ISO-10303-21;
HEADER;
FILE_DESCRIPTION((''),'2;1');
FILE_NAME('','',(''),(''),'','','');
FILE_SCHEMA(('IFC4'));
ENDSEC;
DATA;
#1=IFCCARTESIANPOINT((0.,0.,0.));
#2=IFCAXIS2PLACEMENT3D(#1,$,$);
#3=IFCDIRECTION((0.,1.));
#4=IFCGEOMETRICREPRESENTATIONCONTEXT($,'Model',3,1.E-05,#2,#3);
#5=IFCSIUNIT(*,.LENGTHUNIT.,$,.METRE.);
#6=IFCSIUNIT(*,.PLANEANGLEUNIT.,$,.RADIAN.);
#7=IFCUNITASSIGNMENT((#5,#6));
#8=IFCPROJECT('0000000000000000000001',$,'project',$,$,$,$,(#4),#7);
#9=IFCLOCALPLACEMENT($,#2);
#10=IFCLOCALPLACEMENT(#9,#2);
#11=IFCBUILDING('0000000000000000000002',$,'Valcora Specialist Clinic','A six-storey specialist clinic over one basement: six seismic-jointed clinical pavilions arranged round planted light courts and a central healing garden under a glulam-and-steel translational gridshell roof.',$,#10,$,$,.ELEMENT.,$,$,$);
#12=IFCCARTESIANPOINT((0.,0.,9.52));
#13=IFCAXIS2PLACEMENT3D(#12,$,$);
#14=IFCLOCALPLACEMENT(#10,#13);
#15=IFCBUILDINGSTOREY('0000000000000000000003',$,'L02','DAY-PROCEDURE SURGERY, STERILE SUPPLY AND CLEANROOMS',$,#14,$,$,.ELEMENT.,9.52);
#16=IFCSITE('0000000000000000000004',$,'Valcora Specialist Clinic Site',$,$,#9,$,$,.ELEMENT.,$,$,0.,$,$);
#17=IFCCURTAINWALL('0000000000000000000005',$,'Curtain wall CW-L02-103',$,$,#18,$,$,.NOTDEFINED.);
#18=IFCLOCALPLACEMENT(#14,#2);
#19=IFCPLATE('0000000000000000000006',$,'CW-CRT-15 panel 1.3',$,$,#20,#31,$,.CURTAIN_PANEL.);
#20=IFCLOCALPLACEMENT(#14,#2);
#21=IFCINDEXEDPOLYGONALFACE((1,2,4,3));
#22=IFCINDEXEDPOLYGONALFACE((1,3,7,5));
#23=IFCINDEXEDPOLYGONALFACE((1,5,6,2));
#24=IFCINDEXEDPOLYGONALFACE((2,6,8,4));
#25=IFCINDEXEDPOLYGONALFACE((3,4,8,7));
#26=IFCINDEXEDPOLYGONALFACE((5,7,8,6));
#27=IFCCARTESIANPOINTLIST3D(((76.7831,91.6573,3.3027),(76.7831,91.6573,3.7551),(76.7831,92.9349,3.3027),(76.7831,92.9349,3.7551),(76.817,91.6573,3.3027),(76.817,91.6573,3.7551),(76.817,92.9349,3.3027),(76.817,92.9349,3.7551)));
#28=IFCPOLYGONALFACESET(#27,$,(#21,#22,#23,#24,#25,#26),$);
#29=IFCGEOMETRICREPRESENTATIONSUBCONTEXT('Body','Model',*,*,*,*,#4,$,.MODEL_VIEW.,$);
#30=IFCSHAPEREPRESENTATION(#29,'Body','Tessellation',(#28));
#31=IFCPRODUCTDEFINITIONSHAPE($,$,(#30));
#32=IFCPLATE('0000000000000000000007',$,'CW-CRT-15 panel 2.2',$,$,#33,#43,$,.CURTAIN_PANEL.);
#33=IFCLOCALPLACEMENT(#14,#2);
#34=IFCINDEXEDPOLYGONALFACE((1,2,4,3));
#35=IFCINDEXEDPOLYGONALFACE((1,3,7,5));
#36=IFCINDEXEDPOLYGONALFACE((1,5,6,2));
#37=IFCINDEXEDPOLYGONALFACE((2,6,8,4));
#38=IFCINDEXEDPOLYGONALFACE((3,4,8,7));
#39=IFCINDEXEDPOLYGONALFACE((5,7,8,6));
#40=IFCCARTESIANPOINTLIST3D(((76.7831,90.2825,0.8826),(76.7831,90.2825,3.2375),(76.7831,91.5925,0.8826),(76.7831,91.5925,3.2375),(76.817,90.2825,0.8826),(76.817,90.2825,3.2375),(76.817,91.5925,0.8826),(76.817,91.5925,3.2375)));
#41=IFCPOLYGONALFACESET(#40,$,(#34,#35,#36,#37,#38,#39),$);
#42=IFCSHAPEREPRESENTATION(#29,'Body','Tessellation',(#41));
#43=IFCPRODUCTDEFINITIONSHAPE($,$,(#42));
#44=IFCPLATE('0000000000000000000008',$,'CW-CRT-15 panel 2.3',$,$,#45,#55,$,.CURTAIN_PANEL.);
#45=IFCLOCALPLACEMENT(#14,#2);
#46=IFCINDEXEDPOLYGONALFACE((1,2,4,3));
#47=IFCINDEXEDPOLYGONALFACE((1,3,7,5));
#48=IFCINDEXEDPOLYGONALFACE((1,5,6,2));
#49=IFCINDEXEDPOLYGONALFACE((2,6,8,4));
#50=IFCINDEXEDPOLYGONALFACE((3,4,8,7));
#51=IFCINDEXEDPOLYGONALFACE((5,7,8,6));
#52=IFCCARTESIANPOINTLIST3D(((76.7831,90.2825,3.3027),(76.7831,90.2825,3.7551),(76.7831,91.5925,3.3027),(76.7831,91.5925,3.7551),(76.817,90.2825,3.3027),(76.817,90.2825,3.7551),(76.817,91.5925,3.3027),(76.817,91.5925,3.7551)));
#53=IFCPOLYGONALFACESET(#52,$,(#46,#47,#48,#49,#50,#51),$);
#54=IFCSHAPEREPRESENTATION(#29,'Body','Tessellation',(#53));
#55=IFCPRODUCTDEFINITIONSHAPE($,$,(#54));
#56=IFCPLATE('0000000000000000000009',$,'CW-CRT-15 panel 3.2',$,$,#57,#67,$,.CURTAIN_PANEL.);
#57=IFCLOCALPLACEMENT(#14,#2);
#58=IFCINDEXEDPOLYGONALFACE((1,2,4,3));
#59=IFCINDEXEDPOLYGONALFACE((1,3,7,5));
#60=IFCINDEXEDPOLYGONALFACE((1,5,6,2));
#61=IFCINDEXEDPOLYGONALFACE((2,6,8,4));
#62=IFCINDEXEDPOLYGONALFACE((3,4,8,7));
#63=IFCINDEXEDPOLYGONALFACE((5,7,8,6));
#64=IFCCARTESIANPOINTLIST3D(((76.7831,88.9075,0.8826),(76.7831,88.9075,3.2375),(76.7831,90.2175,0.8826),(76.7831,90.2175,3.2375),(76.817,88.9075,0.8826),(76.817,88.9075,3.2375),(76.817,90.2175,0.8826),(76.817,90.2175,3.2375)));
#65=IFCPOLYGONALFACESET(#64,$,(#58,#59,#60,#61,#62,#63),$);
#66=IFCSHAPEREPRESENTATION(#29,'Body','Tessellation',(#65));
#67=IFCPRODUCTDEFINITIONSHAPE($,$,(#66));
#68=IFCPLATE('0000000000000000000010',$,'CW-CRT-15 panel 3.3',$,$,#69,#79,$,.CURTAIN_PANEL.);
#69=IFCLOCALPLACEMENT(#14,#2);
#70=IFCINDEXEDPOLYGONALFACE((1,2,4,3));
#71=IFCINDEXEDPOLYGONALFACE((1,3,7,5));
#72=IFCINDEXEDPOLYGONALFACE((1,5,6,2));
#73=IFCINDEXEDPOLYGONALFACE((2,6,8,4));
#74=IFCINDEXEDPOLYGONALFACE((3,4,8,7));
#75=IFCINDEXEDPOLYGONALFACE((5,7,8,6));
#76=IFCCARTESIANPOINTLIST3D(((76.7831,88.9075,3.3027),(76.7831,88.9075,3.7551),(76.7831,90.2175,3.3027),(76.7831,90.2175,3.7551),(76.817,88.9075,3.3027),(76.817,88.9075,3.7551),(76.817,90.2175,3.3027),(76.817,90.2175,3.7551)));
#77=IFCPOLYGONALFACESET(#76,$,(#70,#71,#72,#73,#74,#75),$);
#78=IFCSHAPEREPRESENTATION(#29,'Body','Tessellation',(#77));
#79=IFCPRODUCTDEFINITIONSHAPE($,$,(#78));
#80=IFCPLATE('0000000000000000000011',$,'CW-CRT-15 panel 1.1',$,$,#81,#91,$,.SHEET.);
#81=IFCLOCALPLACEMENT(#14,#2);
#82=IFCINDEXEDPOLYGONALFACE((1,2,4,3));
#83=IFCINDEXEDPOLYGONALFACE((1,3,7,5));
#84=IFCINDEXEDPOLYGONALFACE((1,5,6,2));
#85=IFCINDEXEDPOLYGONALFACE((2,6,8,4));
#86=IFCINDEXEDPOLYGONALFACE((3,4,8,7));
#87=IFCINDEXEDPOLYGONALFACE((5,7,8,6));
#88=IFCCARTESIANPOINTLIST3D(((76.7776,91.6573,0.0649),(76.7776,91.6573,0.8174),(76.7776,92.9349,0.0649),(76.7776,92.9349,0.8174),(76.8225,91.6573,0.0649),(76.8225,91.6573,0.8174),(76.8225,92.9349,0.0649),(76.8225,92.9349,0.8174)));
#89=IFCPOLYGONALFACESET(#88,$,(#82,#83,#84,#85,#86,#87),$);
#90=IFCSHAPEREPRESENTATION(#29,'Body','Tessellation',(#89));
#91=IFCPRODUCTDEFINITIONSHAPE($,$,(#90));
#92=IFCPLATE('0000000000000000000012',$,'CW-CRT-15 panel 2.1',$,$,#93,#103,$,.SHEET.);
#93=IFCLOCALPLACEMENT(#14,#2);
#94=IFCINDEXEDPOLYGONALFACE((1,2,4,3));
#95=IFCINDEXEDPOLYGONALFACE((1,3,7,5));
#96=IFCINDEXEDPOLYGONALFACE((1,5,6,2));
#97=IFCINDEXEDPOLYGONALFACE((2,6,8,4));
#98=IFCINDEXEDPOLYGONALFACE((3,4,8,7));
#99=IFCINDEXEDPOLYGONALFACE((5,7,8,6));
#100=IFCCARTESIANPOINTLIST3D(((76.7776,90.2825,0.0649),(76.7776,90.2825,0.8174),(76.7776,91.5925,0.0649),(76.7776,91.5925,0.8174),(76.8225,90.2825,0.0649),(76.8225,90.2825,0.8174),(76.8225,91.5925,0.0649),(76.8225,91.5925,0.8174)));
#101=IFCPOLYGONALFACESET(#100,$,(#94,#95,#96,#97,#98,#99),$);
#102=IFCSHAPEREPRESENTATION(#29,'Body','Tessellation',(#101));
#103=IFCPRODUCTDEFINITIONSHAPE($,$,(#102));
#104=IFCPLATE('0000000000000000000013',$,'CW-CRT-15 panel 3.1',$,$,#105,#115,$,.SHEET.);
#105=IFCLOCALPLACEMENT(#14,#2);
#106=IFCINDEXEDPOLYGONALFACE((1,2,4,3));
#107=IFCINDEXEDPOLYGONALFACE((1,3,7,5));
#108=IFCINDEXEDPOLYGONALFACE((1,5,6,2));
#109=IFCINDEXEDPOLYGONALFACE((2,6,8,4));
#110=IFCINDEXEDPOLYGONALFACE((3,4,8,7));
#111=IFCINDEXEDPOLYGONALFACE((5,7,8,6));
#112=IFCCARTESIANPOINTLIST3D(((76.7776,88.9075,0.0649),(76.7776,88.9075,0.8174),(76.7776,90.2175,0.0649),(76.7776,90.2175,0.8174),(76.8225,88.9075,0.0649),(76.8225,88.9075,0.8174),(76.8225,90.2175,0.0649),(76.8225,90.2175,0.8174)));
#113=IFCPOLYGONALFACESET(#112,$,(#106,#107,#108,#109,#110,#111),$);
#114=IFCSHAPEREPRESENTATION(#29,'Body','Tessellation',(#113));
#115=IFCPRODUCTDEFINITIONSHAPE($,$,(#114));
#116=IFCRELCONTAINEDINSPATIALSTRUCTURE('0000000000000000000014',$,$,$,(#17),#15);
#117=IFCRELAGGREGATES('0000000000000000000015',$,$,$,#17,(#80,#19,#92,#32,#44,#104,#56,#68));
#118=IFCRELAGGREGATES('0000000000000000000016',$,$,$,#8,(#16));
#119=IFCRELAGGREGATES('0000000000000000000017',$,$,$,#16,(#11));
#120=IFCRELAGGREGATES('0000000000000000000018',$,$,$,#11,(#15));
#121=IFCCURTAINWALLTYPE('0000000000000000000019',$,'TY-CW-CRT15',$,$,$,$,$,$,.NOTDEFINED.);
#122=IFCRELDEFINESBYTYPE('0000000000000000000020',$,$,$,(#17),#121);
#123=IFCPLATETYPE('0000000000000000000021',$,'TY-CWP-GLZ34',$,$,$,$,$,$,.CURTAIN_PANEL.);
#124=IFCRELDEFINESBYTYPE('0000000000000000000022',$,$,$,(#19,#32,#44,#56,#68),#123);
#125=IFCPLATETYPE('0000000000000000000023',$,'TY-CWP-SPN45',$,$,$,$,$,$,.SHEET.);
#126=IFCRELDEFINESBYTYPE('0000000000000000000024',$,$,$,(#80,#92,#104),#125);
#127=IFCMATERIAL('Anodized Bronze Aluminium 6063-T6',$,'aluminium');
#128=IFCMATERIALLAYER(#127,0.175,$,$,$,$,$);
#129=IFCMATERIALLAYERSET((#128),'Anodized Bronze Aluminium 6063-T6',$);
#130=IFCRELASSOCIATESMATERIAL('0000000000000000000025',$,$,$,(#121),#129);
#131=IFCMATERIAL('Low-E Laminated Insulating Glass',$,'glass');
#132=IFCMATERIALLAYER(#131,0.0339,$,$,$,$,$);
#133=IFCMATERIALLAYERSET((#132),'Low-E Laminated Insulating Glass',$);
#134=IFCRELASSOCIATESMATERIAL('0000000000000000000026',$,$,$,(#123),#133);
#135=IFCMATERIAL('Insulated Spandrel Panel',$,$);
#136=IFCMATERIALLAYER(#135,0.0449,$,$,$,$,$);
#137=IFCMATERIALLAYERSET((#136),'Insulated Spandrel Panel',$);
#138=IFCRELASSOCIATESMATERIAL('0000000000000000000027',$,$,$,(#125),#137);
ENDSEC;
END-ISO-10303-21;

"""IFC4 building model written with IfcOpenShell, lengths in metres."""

from ifc_helpers import new_model, si_unit, direction, frame, origin, origin_2d, place, context, subcontext, project, spatial, rectangle, extrude, material, layer, layer_set, type_object, element, aggregate, save


model = new_model("IFC4")

# Units and contexts
model_context = context("Model", 3, precision=1e-05, world=origin(), true_north=direction((0.0, 1.0)))
body_context = subcontext(model_context, "Body", "Model", "MODEL_VIEW")
ifc_project = project(units=[si_unit("LENGTHUNIT", "METRE"), si_unit("PLANEANGLEUNIT", "RADIAN")], contexts=[model_context])

# Site, building, storey
site_placement = place(None, origin())
site = spatial("IfcSite", under=ifc_project, at=site_placement, Name="Valcora Specialist Clinic Site", CompositionType="ELEMENT", RefElevation=0.0)
building_placement = place(site_placement, origin())
building = spatial("IfcBuilding", under=site, at=building_placement, Name="Valcora Specialist Clinic", Description="A six-storey specialist clinic over one basement: six seismic-jointed clinical pavilions arranged round planted light courts and a central healing garden under a glulam-and-steel translational gridshell roof.", CompositionType="ELEMENT")
storey_placement = place(building_placement, frame((0.0, 0.0, 9.52)))
storey = spatial("IfcBuildingStorey", under=building, at=storey_placement, Name="L02", Description="DAY-PROCEDURE SURGERY, STERILE SUPPLY AND CLEANROOMS", CompositionType="ELEMENT", Elevation=9.52)

# Curtain wall, plates
ifc_material_1 = material(Name="Anodized Bronze Aluminium 6063-T6", Category="aluminium")
ifc_layer_1 = layer(ifc_material_1, 0.175)
ifc_layer_set_1 = layer_set([ifc_layer_1], Name="Anodized Bronze Aluminium 6063-T6")
curtain_wall_type = type_object("IfcCurtainWallType", Name="TY-CW-CRT15", PredefinedType="NOTDEFINED", material=ifc_layer_set_1)
curtain_wall_placement = place(storey_placement, origin())
curtain_wall = element("IfcCurtainWall", 1, at=curtain_wall_placement, inside=storey, type_object=curtain_wall_type, Name="Curtain wall CW-L02-103", PredefinedType="NOTDEFINED")
ifc_material_2 = material(Name="Low-E Laminated Insulating Glass", Category="glass")
ifc_layer_2 = layer(ifc_material_2, 0.0339)
ifc_layer_set_2 = layer_set([ifc_layer_2], Name="Low-E Laminated Insulating Glass")
plate_type_1 = type_object("IfcPlateType", Name="TY-CWP-GLZ34", PredefinedType="CURTAIN_PANEL", material=ifc_layer_set_2)
plate_1_placement = place(storey_placement, frame((76.8, 92.2961, 3.3027), z_axis=(0.0, 0.0, 1.0), x_axis=(0.0, -1.0, 0.0)))
plate_1 = element("IfcPlate", 2, at=plate_1_placement, type_object=plate_type_1, Name="CW-CRT-15 panel 1.3", PredefinedType="CURTAIN_PANEL", context=body_context, shape_type="SweptSolid", body=[
    extrude(rectangle(XDim=1.2776, YDim=0.0339, at=origin_2d()), origin(), (0.0, 0.0, 1.0), 0.4524),
])
plate_2_placement = place(storey_placement, frame((76.8, 90.9375, 0.8826), z_axis=(0.0, 0.0, 1.0), x_axis=(0.0, -1.0, 0.0)))
plate_2 = element("IfcPlate", 3, at=plate_2_placement, type_object=plate_type_1, Name="CW-CRT-15 panel 2.2", PredefinedType="CURTAIN_PANEL", context=body_context, shape_type="SweptSolid", body=[
    extrude(rectangle(XDim=1.3101, YDim=0.0339, at=origin_2d()), origin(), (0.0, 0.0, 1.0), 2.355),
])
plate_3_placement = place(storey_placement, frame((76.8, 90.9375, 3.3027), z_axis=(0.0, 0.0, 1.0), x_axis=(0.0, -1.0, 0.0)))
plate_3 = element("IfcPlate", 4, at=plate_3_placement, type_object=plate_type_1, Name="CW-CRT-15 panel 2.3", PredefinedType="CURTAIN_PANEL", context=body_context, shape_type="SweptSolid", body=[
    extrude(rectangle(XDim=1.3101, YDim=0.0339, at=origin_2d()), origin(), (0.0, 0.0, 1.0), 0.4524),
])
plate_4_placement = place(storey_placement, frame((76.8, 89.5625, 0.8826), z_axis=(0.0, 0.0, 1.0), x_axis=(0.0, -1.0, 0.0)))
plate_4 = element("IfcPlate", 5, at=plate_4_placement, type_object=plate_type_1, Name="CW-CRT-15 panel 3.2", PredefinedType="CURTAIN_PANEL", context=body_context, shape_type="SweptSolid", body=[
    extrude(rectangle(XDim=1.3101, YDim=0.0339, at=origin_2d()), origin(), (0.0, 0.0, 1.0), 2.355),
])
plate_5_placement = place(storey_placement, frame((76.8, 89.5625, 3.3027), z_axis=(0.0, 0.0, 1.0), x_axis=(0.0, -1.0, 0.0)))
plate_5 = element("IfcPlate", 6, at=plate_5_placement, type_object=plate_type_1, Name="CW-CRT-15 panel 3.3", PredefinedType="CURTAIN_PANEL", context=body_context, shape_type="SweptSolid", body=[
    extrude(rectangle(XDim=1.3101, YDim=0.0339, at=origin_2d()), origin(), (0.0, 0.0, 1.0), 0.4524),
])
ifc_material_3 = material(Name="Insulated Spandrel Panel")
ifc_layer_3 = layer(ifc_material_3, 0.0449)
ifc_layer_set_3 = layer_set([ifc_layer_3], Name="Insulated Spandrel Panel")
plate_type_2 = type_object("IfcPlateType", Name="TY-CWP-SPN45", PredefinedType="SHEET", material=ifc_layer_set_3)
plate_6_placement = place(storey_placement, frame((76.8, 92.2961, 0.0649), z_axis=(0.0, 0.0, 1.0), x_axis=(0.0, -1.0, 0.0)))
plate_6 = element("IfcPlate", 7, at=plate_6_placement, type_object=plate_type_2, Name="CW-CRT-15 panel 1.1", PredefinedType="SHEET", context=body_context, shape_type="SweptSolid", body=[
    extrude(rectangle(XDim=1.2776, YDim=0.0449, at=origin_2d()), origin(), (0.0, 0.0, 1.0), 0.7524),
])
plate_7_placement = place(storey_placement, frame((76.8, 90.9375, 0.0649), z_axis=(0.0, 0.0, 1.0), x_axis=(0.0, -1.0, 0.0)))
plate_7 = element("IfcPlate", 8, at=plate_7_placement, type_object=plate_type_2, Name="CW-CRT-15 panel 2.1", PredefinedType="SHEET", context=body_context, shape_type="SweptSolid", body=[
    extrude(rectangle(XDim=1.3101, YDim=0.0449, at=origin_2d()), origin(), (0.0, 0.0, 1.0), 0.7524),
])
plate_8_placement = place(storey_placement, frame((76.8, 89.5625, 0.0649), z_axis=(0.0, 0.0, 1.0), x_axis=(0.0, -1.0, 0.0)))
plate_8 = element("IfcPlate", 9, at=plate_8_placement, type_object=plate_type_2, Name="CW-CRT-15 panel 3.1", PredefinedType="SHEET", context=body_context, shape_type="SweptSolid", body=[
    extrude(rectangle(XDim=1.3101, YDim=0.0449, at=origin_2d()), origin(), (0.0, 0.0, 1.0), 0.7524),
])
aggregate(curtain_wall, [plate_6, plate_1, plate_7, plate_2, plate_3, plate_8, plate_4, plate_5])

save(model, "model.ifc")
